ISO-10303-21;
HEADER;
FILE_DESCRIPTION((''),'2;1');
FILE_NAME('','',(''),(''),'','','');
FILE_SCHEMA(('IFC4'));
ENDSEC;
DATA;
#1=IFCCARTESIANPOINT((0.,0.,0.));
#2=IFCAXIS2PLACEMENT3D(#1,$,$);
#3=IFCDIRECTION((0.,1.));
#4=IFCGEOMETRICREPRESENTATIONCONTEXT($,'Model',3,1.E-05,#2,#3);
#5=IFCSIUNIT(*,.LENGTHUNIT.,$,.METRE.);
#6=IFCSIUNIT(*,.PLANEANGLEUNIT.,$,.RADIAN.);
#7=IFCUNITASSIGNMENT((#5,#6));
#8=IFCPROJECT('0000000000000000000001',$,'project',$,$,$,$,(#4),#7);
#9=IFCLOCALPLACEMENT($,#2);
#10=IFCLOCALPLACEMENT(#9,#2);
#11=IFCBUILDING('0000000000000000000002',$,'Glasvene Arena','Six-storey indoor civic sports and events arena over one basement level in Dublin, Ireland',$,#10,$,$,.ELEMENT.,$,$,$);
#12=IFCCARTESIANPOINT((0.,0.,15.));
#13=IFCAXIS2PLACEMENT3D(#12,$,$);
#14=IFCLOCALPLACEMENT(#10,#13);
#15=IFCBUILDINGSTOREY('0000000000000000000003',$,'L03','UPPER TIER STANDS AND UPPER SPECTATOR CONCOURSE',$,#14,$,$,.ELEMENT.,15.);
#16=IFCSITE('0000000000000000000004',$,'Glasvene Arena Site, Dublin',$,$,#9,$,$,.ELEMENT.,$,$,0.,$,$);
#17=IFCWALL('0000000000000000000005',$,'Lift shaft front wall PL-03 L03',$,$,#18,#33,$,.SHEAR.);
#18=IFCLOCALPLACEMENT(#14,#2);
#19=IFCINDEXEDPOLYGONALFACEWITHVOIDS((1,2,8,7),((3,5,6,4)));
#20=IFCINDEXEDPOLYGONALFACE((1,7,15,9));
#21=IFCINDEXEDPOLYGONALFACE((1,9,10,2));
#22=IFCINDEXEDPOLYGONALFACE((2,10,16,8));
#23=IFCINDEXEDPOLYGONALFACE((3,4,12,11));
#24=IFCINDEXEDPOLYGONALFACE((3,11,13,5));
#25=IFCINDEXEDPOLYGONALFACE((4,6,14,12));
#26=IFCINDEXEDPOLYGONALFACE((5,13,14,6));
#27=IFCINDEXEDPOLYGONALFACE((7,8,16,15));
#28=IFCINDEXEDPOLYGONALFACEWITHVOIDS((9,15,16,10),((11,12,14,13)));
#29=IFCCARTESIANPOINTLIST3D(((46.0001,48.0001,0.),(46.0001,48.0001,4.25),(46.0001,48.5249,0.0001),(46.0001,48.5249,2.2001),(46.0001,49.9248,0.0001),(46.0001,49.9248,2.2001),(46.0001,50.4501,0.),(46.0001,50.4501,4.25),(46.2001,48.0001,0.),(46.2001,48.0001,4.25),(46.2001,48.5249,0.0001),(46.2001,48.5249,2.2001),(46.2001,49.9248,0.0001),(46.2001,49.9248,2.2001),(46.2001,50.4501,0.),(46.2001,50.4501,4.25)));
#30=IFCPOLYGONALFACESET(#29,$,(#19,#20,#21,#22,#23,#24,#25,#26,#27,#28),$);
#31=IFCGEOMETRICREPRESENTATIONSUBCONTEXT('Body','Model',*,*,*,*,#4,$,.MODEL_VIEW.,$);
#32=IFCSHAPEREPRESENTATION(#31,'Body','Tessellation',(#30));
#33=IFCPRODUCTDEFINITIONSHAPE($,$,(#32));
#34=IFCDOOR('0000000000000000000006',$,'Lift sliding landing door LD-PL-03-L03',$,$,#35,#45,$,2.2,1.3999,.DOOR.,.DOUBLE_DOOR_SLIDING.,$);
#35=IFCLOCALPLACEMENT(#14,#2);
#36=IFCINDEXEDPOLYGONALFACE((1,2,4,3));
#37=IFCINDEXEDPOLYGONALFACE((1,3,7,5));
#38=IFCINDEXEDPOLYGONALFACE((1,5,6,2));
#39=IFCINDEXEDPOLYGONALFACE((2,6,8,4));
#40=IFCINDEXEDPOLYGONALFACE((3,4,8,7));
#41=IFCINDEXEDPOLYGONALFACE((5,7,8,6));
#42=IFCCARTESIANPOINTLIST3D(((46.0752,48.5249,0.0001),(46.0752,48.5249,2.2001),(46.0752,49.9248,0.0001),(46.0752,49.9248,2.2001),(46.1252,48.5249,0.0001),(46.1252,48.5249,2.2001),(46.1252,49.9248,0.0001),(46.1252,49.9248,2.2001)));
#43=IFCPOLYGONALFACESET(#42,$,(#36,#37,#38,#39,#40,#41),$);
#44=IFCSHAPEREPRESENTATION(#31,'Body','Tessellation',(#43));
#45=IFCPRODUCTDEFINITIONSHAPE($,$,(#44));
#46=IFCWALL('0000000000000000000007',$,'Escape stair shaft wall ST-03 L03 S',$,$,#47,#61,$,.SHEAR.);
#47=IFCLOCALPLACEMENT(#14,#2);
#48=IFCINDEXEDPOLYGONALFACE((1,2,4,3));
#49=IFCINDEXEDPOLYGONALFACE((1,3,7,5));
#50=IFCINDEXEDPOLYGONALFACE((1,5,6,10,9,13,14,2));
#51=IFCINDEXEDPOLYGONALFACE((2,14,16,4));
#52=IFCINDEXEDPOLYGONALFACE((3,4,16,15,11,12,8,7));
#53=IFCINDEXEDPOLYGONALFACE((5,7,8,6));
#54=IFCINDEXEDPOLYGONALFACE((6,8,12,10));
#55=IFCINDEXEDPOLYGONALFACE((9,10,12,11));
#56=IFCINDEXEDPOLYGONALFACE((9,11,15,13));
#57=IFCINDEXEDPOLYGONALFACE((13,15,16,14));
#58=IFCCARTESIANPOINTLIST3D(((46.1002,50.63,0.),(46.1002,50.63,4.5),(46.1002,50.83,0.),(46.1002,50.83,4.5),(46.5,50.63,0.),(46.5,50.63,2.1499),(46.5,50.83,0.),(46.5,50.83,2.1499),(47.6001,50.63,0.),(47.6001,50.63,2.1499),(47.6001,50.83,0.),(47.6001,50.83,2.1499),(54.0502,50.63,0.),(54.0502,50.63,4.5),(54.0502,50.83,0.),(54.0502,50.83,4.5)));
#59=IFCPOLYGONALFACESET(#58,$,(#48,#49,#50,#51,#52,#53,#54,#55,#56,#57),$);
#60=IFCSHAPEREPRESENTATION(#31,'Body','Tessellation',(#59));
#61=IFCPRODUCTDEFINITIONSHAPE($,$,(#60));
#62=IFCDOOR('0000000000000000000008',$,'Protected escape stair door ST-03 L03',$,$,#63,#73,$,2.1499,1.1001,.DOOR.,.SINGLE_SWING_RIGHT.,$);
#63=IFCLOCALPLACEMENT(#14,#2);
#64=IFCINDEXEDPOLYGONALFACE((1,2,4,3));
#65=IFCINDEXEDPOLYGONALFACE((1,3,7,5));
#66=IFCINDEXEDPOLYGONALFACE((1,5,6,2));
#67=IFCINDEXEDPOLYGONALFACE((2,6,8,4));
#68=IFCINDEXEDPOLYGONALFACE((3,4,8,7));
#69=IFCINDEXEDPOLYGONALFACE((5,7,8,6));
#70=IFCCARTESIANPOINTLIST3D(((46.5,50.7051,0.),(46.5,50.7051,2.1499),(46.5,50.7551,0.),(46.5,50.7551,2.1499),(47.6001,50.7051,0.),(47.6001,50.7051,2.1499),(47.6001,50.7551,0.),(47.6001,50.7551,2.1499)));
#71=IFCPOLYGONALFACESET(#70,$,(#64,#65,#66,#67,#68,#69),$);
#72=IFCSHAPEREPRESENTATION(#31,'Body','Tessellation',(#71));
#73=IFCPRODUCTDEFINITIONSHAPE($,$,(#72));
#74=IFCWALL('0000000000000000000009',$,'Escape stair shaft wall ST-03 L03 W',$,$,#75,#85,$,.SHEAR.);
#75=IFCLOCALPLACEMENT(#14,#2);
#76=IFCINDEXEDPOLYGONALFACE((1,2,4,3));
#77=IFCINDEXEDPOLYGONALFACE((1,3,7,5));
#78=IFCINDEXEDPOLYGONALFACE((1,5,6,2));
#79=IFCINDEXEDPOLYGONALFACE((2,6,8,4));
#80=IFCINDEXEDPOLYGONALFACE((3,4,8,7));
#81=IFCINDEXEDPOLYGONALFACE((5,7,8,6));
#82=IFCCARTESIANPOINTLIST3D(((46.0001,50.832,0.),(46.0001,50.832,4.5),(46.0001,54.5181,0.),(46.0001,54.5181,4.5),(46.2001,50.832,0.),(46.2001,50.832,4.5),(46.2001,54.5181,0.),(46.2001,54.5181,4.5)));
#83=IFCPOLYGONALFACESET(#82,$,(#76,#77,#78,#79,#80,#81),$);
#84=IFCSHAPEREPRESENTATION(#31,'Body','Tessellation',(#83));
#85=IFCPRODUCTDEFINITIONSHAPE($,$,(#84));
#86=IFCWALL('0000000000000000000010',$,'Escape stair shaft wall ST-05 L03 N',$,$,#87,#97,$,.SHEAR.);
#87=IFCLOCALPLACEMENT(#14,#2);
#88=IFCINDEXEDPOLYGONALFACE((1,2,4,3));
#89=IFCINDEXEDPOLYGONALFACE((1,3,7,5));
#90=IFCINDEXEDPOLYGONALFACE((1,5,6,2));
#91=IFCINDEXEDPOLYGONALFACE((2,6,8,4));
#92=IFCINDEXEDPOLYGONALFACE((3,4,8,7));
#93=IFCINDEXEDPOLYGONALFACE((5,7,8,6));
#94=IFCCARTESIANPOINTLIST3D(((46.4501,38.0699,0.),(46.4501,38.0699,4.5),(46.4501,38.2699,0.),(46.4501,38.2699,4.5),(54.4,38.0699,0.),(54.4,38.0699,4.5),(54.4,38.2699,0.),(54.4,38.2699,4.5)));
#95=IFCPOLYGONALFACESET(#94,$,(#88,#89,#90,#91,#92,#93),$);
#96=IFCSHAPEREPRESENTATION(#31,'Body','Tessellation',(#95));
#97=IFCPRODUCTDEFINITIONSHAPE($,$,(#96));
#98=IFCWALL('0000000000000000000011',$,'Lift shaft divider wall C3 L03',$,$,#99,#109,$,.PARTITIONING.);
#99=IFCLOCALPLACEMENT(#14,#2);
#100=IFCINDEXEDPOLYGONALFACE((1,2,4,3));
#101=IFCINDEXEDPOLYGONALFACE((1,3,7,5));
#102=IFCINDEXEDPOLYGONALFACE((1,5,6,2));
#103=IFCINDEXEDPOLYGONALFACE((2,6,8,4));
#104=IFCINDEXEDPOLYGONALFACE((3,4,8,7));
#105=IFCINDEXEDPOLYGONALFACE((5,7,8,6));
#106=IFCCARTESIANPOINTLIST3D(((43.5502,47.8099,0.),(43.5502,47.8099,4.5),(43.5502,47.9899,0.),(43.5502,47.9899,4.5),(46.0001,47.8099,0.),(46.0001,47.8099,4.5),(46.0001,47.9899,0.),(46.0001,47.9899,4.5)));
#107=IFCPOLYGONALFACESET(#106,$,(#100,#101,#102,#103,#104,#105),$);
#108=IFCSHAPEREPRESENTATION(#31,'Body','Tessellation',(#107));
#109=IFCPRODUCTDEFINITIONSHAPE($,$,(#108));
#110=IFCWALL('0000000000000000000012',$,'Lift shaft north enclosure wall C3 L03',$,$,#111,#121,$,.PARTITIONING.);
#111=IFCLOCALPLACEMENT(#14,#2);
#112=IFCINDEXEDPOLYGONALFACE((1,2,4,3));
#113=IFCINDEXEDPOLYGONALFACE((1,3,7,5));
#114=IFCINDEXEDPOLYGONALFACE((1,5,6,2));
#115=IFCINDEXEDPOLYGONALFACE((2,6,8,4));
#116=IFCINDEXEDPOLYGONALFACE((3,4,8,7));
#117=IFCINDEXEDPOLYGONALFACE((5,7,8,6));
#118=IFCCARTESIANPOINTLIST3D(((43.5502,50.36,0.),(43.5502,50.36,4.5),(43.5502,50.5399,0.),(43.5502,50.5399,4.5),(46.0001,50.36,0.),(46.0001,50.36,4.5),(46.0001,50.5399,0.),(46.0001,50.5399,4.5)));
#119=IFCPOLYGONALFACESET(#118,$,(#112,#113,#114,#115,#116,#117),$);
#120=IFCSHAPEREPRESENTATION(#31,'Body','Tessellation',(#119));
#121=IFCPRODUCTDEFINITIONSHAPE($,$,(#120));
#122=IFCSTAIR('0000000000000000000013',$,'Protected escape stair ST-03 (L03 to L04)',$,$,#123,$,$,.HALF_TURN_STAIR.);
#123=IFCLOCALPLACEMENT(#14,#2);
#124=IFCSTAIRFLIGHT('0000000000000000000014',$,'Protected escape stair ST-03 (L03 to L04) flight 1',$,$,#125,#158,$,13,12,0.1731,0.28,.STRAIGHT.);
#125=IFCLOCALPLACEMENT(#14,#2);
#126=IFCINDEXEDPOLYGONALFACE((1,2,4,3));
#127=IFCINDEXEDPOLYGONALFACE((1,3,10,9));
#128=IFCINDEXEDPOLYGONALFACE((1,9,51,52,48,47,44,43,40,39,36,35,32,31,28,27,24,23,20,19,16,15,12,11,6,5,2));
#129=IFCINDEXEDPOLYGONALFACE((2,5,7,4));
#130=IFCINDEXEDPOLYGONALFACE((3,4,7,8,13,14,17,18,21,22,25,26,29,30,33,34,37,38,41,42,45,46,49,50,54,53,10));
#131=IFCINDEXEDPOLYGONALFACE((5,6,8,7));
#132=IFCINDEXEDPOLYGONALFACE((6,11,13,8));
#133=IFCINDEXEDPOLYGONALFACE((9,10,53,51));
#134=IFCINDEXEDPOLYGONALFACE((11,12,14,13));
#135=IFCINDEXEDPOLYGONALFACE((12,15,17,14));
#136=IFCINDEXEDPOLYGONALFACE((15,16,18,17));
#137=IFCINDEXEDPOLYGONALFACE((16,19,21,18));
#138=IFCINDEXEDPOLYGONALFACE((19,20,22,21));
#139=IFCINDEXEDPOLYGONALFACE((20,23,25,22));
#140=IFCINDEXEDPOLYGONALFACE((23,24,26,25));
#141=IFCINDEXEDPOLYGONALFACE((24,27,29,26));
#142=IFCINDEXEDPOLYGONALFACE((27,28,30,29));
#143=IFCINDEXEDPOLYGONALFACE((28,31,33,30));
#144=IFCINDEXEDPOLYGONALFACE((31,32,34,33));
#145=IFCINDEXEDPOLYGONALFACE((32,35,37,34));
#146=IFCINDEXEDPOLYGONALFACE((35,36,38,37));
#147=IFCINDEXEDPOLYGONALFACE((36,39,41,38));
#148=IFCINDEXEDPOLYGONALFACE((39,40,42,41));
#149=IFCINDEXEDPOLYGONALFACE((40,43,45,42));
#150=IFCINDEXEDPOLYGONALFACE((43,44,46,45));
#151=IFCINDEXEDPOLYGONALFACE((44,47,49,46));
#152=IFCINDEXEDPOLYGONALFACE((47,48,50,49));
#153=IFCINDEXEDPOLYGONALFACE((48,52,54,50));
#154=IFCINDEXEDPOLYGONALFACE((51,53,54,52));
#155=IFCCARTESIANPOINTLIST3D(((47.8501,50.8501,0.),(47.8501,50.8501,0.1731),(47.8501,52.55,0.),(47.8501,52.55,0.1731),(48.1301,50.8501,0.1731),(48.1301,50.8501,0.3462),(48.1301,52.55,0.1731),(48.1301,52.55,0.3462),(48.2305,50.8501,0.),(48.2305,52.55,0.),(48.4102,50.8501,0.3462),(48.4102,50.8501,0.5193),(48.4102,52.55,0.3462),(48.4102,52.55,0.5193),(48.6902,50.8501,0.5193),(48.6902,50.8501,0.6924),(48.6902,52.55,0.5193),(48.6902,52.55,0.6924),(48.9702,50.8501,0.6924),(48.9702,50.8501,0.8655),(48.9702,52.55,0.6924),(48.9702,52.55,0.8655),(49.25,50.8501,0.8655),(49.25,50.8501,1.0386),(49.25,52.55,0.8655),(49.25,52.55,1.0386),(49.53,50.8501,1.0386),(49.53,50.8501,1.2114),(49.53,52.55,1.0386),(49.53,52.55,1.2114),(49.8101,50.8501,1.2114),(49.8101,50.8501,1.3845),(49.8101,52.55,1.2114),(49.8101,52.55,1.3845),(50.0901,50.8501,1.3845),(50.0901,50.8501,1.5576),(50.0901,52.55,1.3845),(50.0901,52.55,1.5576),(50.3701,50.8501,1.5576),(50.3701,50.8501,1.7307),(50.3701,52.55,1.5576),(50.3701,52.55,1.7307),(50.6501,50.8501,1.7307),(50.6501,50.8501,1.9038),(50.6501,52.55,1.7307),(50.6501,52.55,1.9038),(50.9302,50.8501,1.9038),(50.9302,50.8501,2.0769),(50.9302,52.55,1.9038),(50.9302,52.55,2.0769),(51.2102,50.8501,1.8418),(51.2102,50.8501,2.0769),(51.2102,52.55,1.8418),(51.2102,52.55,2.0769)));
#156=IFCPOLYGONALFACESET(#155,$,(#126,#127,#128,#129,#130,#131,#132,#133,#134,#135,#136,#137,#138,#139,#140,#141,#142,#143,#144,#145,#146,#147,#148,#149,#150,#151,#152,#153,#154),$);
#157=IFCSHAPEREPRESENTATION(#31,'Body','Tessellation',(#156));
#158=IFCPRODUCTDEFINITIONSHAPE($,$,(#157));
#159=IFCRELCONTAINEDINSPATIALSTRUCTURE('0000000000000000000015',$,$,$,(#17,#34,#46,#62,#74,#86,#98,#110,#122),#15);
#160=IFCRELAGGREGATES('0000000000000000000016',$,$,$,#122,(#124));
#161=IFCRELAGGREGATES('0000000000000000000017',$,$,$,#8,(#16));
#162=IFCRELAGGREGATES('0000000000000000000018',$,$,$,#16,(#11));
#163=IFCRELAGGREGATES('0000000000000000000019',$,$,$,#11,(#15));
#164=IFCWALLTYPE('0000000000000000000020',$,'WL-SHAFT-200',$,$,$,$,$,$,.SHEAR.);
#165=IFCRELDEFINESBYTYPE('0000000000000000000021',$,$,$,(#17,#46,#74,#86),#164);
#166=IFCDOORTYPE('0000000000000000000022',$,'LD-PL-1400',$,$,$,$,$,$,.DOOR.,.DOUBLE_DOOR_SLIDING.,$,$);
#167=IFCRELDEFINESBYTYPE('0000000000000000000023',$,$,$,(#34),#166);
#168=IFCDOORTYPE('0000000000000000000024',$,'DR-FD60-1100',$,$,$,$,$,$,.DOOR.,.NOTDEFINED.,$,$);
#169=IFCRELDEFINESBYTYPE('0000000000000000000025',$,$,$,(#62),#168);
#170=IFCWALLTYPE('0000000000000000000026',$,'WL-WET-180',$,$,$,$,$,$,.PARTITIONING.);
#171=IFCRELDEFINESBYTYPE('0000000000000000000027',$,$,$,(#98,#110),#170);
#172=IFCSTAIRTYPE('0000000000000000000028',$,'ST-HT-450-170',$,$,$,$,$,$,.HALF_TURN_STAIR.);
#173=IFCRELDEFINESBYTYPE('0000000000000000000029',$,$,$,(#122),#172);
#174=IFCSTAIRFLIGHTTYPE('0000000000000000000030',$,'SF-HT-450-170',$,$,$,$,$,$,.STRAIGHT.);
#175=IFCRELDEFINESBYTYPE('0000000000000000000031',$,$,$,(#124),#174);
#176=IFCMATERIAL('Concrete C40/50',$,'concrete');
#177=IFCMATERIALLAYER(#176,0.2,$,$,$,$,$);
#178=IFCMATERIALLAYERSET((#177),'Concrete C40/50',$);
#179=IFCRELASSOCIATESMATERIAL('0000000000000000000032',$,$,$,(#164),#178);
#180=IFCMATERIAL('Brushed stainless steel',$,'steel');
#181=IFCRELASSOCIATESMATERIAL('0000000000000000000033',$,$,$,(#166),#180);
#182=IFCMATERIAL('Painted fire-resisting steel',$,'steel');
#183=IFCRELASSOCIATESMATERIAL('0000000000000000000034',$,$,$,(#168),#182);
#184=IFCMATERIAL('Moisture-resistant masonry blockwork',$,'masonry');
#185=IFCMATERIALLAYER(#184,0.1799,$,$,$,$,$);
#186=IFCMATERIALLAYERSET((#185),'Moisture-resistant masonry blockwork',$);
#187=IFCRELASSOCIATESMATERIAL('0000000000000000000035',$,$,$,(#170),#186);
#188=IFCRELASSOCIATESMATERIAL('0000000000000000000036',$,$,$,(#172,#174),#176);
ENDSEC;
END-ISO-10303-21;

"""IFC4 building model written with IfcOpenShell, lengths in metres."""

from ifc_helpers import new_model, si_unit, direction, frame, frame_2d, origin, place, context, subcontext, project, spatial, polyline, rectangle, outline, extrude, material, layer, layer_set, type_object, element, fill, aggregate, save


model = new_model("IFC4")

# Units and contexts
model_context = context("Model", 3, precision=1e-05, world=origin(), true_north=direction((0.0, 1.0)))
body_context = subcontext(model_context, "Body", "Model", "MODEL_VIEW")
ifc_project = project(units=[si_unit("LENGTHUNIT", "METRE"), si_unit("PLANEANGLEUNIT", "RADIAN")], contexts=[model_context])

# Site, building, storey
site_placement = place(None, origin())
site = spatial("IfcSite", under=ifc_project, at=site_placement, Name="Glasvene Arena Site, Dublin", CompositionType="ELEMENT", RefElevation=0.0)
building_placement = place(site_placement, origin())
building = spatial("IfcBuilding", under=site, at=building_placement, Name="Glasvene Arena", Description="Six-storey indoor civic sports and events arena over one basement level in Dublin, Ireland", CompositionType="ELEMENT")
storey_placement = place(building_placement, frame((0.0, 0.0, 15.0)))
storey = spatial("IfcBuildingStorey", under=building, at=storey_placement, Name="L03", Description="UPPER TIER STANDS AND UPPER SPECTATOR CONCOURSE", CompositionType="ELEMENT", Elevation=15.0)

# Shared definitions
ifc_material_1 = material(Name="Concrete C40/50", Category="concrete")

# Walls, openings, doors
ifc_layer_1 = layer(ifc_material_1, 0.2)
ifc_layer_set_1 = layer_set([ifc_layer_1], Name="Concrete C40/50")
wall_type_1 = type_object("IfcWallType", Name="WL-SHAFT-200", PredefinedType="SHEAR", material=ifc_layer_set_1)
ifc_material_2 = material(Name="Brushed stainless steel", Category="steel")
wall_1_placement = place(storey_placement, frame((46.1001, 48.0, 0.0), z_axis=(0.0, 0.0, 1.0), x_axis=(0.0, 1.0, 0.0)))
wall_1 = element("IfcWall", 1, at=wall_1_placement, inside=storey, type_object=wall_type_1, Name="Lift shaft front wall PL-03 L03", PredefinedType="SHEAR", context=body_context, shape_type="SweptSolid", body=[
    extrude(rectangle(XDim=2.45, YDim=0.2, at=frame_2d((1.2251, 0.0))), origin(), (0.0, 0.0, 1.0), 4.25),
])
opening_1_placement = place(wall_1_placement, frame((0.5249, 0.0, 0.0)))
opening_1 = element("IfcOpeningElement", 2, at=opening_1_placement, cuts=wall_1, PredefinedType="OPENING", context=body_context, shape_type="SweptSolid", body=[
    extrude(rectangle(XDim=1.3999, YDim=2.2, at=frame_2d((0.7, 1.1001))), frame((0.0, 0.1099, 0.0), z_axis=(0.0, -1.0, 0.0), x_axis=(1.0, 0.0, 0.0)), (0.0, 0.0, 1.0), 0.22),
])
door_type_1 = type_object("IfcDoorType", Name="LD-PL-1400", OperationType="DOUBLE_DOOR_SLIDING", PredefinedType="DOOR", material=ifc_material_2)
door_1_placement = place(opening_1_placement, origin())
door_1 = element("IfcDoor", 3, at=door_1_placement, inside=storey, type_object=door_type_1, Name="Lift sliding landing door LD-PL-03-L03", OperationType="DOUBLE_DOOR_SLIDING", OverallHeight=2.2, OverallWidth=1.3999, PredefinedType="DOOR", context=body_context, shape_type="SweptSolid", body=[
    extrude(rectangle(XDim=1.3999, YDim=2.2, at=frame_2d((0.7, 1.1001))), frame((0.0, 0.0249, 0.0), z_axis=(0.0, -1.0, 0.0), x_axis=(1.0, 0.0, 0.0)), (0.0, 0.0, 1.0), 0.05),
])
fill(opening_1, door_1)
wall_2_placement = place(storey_placement, frame((46.1001, 50.73, 0.0), z_axis=(0.0, 0.0, 1.0), x_axis=(1.0, 0.0, 0.0)))
wall_2 = element("IfcWall", 4, at=wall_2_placement, inside=storey, type_object=wall_type_1, Name="Escape stair shaft wall ST-03 L03 S", PredefinedType="SHEAR", context=body_context, shape_type="SweptSolid", body=[
    extrude(rectangle(XDim=7.95, YDim=0.2, at=frame_2d((3.9751, 0.0))), origin(), (0.0, 0.0, 1.0), 4.5),
])
opening_2_placement = place(wall_2_placement, frame((0.3999, 0.0, 0.0)))
opening_2 = element("IfcOpeningElement", 5, at=opening_2_placement, cuts=wall_2, PredefinedType="OPENING", context=body_context, shape_type="SweptSolid", body=[
    extrude(rectangle(XDim=1.1001, YDim=2.1499, at=frame_2d((0.55, 1.075))), frame((0.0, 0.1099, 0.0), z_axis=(0.0, -1.0, 0.0), x_axis=(1.0, 0.0, 0.0)), (0.0, 0.0, 1.0), 0.22),
])
ifc_material_3 = material(Name="Painted fire-resisting steel", Category="steel")
door_type_2 = type_object("IfcDoorType", Name="DR-FD60-1100", OperationType="NOTDEFINED", PredefinedType="DOOR", material=ifc_material_3)
door_2_placement = place(opening_2_placement, frame((1.1001, 0.0, 0.0), z_axis=(0.0, 0.0, 1.0), x_axis=(-1.0, 0.0, 0.0)))
door_2 = element("IfcDoor", 6, at=door_2_placement, inside=storey, type_object=door_type_2, Name="Protected escape stair door ST-03 L03", OperationType="SINGLE_SWING_RIGHT", OverallHeight=2.1499, OverallWidth=1.1001, PredefinedType="DOOR", context=body_context, shape_type="SweptSolid", body=[
    extrude(rectangle(XDim=1.1001, YDim=2.1499, at=frame_2d((0.55, 1.075))), frame((0.0, 0.0249, 0.0), z_axis=(0.0, -1.0, 0.0), x_axis=(1.0, 0.0, 0.0)), (0.0, 0.0, 1.0), 0.05),
])
fill(opening_2, door_2)

# Walls
wall_3_placement = place(storey_placement, frame((46.1001, 50.832, 0.0), z_axis=(0.0, 0.0, 1.0), x_axis=(0.0, 1.0, 0.0)))
element("IfcWall", 7, at=wall_3_placement, inside=storey, type_object=wall_type_1, Name="Escape stair shaft wall ST-03 L03 W", PredefinedType="SHEAR", context=body_context, shape_type="SweptSolid", body=[
    extrude(rectangle(XDim=3.686, YDim=0.2, at=frame_2d((1.843, 0.0))), origin(), (0.0, 0.0, 1.0), 4.5),
])
wall_4_placement = place(storey_placement, frame((46.45, 38.1699, 0.0), z_axis=(0.0, 0.0, 1.0), x_axis=(1.0, 0.0, 0.0)))
element("IfcWall", 8, at=wall_4_placement, inside=storey, type_object=wall_type_1, Name="Escape stair shaft wall ST-05 L03 N", PredefinedType="SHEAR", context=body_context, shape_type="SweptSolid", body=[
    extrude(rectangle(XDim=7.95, YDim=0.2, at=frame_2d((3.9751, 0.0))), origin(), (0.0, 0.0, 1.0), 4.5),
])
ifc_material_4 = material(Name="Moisture-resistant masonry blockwork", Category="masonry")
ifc_layer_2 = layer(ifc_material_4, 0.1799)
ifc_layer_set_2 = layer_set([ifc_layer_2], Name="Moisture-resistant masonry blockwork")
wall_type_2 = type_object("IfcWallType", Name="WL-WET-180", PredefinedType="PARTITIONING", material=ifc_layer_set_2)
for number, where, z_axis, x_axis, name in (
    (9, (43.55, 47.8999, 0.0), (0.0, 0.0, 1.0), (1.0, 0.0, 0.0), "Lift shaft divider wall C3 L03"),
    (10, (43.55, 50.45, 0.0), (0.0, 0.0, 1.0), (1.0, 0.0, 0.0), "Lift shaft north enclosure wall C3 L03"),
):
    element("IfcWall", number, at=place(storey_placement, frame(where, z_axis=z_axis, x_axis=x_axis)), inside=storey, type_object=wall_type_2, Name=name, PredefinedType="PARTITIONING", context=body_context, shape_type="SweptSolid", body=[
        extrude(rectangle(XDim=2.45, YDim=0.1799, at=frame_2d((1.2251, 0.0))), origin(), (0.0, 0.0, 1.0), 4.5),
    ])

# Stair, stair flight
stair_type = type_object("IfcStairType", Name="ST-HT-450-170", PredefinedType="HALF_TURN_STAIR", material=ifc_material_1)
stair_1_placement = place(storey_placement, origin())
stair_1 = element("IfcStair", 11, at=stair_1_placement, inside=storey, type_object=stair_type, Name="Protected escape stair ST-03 (L03 to L04)", PredefinedType="HALF_TURN_STAIR")
stair_flight_type = type_object("IfcStairFlightType", Name="SF-HT-450-170", PredefinedType="STRAIGHT", material=ifc_material_1)
stair_flight_1_placement = place(storey_placement, frame((47.8501, 51.7, 0.0), z_axis=(0.0, 0.0, 1.0), x_axis=(1.0, 0.0, 0.0)))
stair_flight_1 = element("IfcStairFlight", 12, at=stair_flight_1_placement, type_object=stair_flight_type, Name="Protected escape stair ST-03 (L03 to L04) flight 1", NumberOfRisers=13, NumberOfTreads=12, PredefinedType="STRAIGHT", RiserHeight=0.1731, TreadLength=0.28, context=body_context, shape_type="SweptSolid", body=[
    extrude(outline(polyline([(0.0, 0.0), (0.0, 0.1731), (0.28, 0.1731), (0.28, 0.3462), (0.5601, 0.3462), (0.5601, 0.5193), (0.8401, 0.5193), (0.8401, 0.6924), (1.1201, 0.6924), (1.1201, 0.8655), (1.3999, 0.8655), (1.3999, 1.0386), (1.6799, 1.0386), (1.6799, 1.2114), (1.96, 1.2114), (1.96, 1.3845), (2.24, 1.3845), (2.24, 1.5576), (2.52, 1.5576), (2.52, 1.7307), (2.8, 1.7307), (2.8, 1.9038), (3.0801, 1.9038), (3.0801, 2.0769), (3.3601, 2.0769), (3.3601, 2.25), (3.3601, 1.8418), (0.3804, 0.0), (0.0, 0.0)])), frame((0.0, 0.8501, 0.0), z_axis=(0.0, -1.0, 0.0), x_axis=(1.0, 0.0, 0.0)), (0.0, 0.0, 1.0), 1.7),
])
aggregate(stair_1, [stair_flight_1])

save(model, "model.ifc")
